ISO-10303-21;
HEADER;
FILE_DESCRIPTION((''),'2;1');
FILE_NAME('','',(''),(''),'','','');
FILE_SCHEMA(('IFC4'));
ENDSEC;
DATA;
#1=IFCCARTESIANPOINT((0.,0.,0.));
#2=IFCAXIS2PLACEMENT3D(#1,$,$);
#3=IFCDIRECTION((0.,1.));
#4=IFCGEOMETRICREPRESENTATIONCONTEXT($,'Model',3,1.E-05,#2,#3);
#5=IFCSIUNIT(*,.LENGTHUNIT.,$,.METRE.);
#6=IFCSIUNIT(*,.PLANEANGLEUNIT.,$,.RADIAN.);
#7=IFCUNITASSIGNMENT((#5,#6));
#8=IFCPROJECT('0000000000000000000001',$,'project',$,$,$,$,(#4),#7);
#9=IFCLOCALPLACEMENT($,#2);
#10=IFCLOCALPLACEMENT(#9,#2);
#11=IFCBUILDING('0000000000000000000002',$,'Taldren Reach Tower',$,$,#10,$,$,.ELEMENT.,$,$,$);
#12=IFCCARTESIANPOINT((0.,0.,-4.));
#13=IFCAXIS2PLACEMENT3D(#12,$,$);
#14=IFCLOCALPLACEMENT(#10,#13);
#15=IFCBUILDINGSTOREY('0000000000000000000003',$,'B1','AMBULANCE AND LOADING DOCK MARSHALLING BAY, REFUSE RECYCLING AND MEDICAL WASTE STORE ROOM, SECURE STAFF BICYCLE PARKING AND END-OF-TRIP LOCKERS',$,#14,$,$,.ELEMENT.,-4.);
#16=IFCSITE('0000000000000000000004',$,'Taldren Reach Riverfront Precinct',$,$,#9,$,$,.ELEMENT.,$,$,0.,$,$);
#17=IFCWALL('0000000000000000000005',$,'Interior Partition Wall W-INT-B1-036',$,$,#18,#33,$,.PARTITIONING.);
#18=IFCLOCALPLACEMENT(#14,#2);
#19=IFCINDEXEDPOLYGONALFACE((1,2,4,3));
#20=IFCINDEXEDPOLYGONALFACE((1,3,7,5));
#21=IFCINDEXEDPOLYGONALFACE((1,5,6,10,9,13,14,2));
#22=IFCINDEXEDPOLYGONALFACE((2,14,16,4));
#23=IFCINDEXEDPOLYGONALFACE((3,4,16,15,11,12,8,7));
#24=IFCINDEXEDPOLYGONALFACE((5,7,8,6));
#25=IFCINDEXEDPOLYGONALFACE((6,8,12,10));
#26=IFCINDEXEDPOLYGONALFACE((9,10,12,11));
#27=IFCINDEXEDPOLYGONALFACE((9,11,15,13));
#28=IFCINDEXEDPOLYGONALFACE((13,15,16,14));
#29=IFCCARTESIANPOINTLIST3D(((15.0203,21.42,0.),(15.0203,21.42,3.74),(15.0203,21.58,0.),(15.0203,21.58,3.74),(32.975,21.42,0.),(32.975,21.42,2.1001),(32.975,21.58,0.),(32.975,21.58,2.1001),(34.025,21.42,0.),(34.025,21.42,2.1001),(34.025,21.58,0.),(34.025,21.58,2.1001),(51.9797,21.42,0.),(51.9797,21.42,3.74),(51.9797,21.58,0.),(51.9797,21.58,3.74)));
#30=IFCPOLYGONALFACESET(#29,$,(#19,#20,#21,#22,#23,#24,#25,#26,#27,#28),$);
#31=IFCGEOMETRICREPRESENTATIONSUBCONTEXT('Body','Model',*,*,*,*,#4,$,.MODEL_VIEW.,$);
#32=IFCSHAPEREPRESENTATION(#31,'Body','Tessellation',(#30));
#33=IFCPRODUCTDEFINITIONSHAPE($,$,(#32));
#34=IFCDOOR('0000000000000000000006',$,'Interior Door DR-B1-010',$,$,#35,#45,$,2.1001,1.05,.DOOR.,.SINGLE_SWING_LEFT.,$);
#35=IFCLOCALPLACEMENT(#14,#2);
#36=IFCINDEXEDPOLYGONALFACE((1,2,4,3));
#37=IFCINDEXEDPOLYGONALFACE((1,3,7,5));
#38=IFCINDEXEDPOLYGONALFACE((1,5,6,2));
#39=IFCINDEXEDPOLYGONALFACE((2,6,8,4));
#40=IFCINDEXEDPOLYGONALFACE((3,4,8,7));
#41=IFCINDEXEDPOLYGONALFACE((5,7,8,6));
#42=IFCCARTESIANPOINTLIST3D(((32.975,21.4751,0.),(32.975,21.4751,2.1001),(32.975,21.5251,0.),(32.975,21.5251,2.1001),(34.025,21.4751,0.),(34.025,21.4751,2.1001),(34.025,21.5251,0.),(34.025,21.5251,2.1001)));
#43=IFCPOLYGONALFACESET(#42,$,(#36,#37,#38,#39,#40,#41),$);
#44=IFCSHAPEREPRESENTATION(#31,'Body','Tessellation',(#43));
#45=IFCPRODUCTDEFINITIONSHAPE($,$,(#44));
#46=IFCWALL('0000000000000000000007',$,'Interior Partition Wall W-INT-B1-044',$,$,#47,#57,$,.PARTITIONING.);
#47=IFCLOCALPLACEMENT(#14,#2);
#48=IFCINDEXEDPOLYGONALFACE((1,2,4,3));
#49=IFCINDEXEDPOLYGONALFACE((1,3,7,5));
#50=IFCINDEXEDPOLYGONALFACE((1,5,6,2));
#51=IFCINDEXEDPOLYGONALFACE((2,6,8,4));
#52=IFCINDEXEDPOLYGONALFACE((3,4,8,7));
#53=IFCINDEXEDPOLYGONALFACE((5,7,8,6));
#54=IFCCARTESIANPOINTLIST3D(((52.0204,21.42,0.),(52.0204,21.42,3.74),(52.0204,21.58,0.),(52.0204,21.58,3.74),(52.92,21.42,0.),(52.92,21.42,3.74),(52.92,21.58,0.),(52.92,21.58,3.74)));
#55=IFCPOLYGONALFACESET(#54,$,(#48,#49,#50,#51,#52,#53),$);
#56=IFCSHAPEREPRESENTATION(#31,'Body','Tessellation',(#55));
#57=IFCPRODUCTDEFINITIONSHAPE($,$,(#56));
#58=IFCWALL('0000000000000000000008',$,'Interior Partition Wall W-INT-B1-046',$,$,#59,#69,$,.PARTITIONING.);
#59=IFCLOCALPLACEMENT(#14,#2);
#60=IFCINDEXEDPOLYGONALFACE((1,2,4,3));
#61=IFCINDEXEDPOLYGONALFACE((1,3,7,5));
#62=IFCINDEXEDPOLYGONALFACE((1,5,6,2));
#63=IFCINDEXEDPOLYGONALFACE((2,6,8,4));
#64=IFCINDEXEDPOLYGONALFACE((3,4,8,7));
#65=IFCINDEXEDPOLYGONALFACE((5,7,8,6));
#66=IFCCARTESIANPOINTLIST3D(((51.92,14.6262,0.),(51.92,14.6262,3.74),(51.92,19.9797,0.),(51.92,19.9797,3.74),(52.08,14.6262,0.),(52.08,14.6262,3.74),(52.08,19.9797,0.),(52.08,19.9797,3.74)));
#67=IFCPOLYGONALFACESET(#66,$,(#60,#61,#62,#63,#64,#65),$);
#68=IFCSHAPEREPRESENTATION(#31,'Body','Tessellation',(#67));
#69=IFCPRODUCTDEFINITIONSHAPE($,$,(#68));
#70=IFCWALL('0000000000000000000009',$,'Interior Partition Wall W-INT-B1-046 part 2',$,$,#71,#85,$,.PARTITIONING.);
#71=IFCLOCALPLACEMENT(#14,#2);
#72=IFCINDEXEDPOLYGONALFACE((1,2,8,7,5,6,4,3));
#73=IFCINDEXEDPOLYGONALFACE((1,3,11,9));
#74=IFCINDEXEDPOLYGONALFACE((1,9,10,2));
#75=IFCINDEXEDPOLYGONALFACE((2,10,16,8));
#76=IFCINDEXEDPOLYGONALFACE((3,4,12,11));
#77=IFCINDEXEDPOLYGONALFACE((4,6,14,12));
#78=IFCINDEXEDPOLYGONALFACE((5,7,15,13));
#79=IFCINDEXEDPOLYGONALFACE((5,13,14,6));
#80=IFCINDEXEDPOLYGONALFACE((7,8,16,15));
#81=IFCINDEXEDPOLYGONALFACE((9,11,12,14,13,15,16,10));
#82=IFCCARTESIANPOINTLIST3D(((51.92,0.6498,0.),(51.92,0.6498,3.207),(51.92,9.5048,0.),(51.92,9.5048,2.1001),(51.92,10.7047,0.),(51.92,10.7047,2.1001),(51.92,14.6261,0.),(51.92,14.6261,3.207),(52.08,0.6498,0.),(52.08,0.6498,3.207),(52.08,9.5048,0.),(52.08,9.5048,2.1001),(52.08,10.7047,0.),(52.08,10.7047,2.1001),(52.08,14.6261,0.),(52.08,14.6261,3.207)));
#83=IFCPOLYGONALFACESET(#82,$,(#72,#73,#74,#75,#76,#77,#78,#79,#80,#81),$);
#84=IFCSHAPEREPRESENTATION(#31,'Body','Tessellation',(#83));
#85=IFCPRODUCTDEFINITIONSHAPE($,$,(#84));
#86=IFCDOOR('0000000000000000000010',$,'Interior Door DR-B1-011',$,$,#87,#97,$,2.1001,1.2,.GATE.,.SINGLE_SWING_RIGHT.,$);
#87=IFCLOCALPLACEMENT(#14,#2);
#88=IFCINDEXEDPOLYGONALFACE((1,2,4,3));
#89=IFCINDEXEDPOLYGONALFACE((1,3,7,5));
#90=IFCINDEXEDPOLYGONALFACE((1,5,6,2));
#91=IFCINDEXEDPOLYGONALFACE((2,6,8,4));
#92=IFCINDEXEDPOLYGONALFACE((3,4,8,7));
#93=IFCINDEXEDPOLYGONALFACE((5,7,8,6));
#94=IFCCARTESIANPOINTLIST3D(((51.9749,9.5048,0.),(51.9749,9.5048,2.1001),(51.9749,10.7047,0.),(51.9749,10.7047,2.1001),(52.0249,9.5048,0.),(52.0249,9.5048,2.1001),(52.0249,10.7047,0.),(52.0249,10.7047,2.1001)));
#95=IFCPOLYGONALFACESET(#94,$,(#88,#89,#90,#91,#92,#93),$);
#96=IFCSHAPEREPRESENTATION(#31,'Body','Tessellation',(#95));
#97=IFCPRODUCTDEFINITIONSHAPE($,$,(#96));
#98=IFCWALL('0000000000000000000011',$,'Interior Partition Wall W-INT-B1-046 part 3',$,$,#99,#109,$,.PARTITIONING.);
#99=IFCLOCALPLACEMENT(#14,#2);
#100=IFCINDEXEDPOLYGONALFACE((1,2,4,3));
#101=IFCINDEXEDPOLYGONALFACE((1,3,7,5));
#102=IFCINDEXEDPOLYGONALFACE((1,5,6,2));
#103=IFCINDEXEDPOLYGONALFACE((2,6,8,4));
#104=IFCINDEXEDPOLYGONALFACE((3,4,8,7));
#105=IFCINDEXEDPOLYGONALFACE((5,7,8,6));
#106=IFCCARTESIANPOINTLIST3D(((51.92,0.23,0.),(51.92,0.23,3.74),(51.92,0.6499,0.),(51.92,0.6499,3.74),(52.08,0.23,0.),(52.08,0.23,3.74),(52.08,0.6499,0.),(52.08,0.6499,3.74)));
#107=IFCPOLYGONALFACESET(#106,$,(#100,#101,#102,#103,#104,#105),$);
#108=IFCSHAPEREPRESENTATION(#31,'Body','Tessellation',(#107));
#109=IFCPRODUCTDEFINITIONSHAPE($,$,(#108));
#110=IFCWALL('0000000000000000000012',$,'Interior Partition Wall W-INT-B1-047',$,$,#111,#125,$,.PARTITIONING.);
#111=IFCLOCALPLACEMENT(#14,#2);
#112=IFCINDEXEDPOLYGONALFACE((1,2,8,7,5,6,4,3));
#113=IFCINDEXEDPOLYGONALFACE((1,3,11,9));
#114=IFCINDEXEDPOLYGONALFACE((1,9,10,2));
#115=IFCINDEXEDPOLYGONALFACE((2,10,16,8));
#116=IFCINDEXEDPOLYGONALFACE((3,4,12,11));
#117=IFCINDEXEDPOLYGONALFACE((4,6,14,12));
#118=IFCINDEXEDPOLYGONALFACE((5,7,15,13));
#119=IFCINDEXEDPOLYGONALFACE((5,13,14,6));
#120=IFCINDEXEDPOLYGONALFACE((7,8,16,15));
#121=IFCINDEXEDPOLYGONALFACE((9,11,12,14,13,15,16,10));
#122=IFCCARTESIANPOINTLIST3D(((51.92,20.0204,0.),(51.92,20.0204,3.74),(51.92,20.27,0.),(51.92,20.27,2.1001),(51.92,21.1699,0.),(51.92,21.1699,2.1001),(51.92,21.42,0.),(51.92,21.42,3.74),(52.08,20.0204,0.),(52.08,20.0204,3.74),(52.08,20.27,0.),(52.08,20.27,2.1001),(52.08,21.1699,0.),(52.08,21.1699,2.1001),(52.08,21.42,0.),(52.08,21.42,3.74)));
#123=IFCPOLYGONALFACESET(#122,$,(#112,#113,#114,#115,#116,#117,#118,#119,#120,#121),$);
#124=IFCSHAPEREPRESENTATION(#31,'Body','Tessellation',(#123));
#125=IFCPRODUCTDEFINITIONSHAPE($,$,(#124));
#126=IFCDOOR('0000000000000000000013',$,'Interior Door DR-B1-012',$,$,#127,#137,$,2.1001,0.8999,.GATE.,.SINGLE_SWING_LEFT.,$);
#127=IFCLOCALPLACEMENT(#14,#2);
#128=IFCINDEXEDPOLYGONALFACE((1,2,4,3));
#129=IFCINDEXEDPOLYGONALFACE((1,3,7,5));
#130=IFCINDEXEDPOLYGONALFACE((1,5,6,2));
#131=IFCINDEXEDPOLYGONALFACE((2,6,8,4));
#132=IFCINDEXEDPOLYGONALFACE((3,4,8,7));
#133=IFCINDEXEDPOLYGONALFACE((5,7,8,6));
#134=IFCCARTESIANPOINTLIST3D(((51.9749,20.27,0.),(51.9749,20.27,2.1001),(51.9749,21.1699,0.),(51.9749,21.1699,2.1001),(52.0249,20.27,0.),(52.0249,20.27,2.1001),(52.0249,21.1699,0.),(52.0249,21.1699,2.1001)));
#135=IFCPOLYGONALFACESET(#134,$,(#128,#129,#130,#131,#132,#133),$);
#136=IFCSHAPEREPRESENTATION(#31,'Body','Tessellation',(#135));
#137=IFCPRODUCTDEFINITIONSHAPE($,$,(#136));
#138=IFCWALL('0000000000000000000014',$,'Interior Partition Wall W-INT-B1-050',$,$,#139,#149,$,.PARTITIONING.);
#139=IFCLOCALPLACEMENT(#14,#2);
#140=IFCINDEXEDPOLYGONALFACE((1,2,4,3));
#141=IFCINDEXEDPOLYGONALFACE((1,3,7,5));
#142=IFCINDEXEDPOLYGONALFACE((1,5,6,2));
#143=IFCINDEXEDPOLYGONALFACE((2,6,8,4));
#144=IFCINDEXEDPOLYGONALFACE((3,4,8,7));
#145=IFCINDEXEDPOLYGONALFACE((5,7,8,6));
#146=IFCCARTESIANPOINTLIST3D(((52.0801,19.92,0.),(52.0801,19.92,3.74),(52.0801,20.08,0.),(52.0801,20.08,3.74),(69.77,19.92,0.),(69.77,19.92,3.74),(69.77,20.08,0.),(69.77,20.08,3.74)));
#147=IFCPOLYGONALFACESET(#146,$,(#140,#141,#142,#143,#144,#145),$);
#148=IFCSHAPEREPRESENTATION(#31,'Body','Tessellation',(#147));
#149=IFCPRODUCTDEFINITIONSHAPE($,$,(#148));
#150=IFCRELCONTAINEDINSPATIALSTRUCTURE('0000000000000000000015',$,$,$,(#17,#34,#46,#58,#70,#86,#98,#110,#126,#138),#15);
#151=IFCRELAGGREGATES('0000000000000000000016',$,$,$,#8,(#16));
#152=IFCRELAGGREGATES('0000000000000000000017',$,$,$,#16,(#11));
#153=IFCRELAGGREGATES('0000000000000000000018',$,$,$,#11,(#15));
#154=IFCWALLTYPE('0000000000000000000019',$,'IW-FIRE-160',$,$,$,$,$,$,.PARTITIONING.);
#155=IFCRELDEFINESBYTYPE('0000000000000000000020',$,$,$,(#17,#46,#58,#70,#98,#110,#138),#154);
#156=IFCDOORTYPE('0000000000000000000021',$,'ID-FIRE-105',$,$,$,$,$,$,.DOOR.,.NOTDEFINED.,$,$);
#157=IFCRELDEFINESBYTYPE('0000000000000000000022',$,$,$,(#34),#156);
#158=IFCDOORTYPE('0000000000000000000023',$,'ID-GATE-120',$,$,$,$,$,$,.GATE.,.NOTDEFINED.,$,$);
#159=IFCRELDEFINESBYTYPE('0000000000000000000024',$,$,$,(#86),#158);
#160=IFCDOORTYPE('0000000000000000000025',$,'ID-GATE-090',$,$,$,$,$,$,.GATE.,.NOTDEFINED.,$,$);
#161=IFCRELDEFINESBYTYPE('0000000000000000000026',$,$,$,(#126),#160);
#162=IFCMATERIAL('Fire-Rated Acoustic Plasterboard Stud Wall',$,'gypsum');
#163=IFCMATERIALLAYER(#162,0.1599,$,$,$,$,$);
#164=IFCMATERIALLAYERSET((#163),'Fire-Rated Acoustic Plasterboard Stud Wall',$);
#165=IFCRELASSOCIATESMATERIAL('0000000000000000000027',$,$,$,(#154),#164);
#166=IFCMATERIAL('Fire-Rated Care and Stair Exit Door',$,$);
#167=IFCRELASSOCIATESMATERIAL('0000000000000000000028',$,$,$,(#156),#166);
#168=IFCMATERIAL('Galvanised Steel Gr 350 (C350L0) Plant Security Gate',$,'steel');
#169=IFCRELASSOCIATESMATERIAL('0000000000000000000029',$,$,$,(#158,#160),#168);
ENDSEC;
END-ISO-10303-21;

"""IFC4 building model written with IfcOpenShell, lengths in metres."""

from ifc_helpers import new_model, si_unit, direction, frame, frame_2d, origin, place, context, subcontext, project, spatial, rectangle, extrude, source, transform, mapped, material, layer, layer_set, type_object, element, fill, save


model = new_model("IFC4")

# Units and contexts
model_context = context("Model", 3, precision=1e-05, world=origin(), true_north=direction((0.0, 1.0)))
body_context = subcontext(model_context, "Body", "Model", "MODEL_VIEW")
ifc_project = project(units=[si_unit("LENGTHUNIT", "METRE"), si_unit("PLANEANGLEUNIT", "RADIAN")], contexts=[model_context])

# Site, building, storey
site_placement = place(None, origin())
site = spatial("IfcSite", under=ifc_project, at=site_placement, Name="Taldren Reach Riverfront Precinct", CompositionType="ELEMENT", RefElevation=0.0)
building_placement = place(site_placement, origin())
building = spatial("IfcBuilding", under=site, at=building_placement, Name="Taldren Reach Tower", CompositionType="ELEMENT")
storey_placement = place(building_placement, frame((0.0, 0.0, -4.0)))
storey = spatial("IfcBuildingStorey", under=building, at=storey_placement, Name="B1", Description="AMBULANCE AND LOADING DOCK MARSHALLING BAY, REFUSE RECYCLING AND MEDICAL WASTE STORE ROOM, SECURE STAFF BICYCLE PARKING AND END-OF-TRIP LOCKERS", CompositionType="ELEMENT", Elevation=-4.0)

# Wall, opening, door
ifc_material_1 = material(Name="Fire-Rated Acoustic Plasterboard Stud Wall", Category="gypsum")
ifc_layer_1 = layer(ifc_material_1, 0.1599)
ifc_layer_set_1 = layer_set([ifc_layer_1], Name="Fire-Rated Acoustic Plasterboard Stud Wall")
wall_type_1 = type_object("IfcWallType", Name="IW-FIRE-160", PredefinedType="PARTITIONING", material=ifc_layer_set_1)
shared_shape_1 = source(origin(), body_context, "Body", "SweptSolid", [
    extrude(rectangle(XDim=36.9595, YDim=0.1599, at=frame_2d((18.4797, 0.0))), origin(), (0.0, 0.0, 1.0), 3.74),
])
wall_1_placement = place(storey_placement, frame((51.9797, 21.5, 0.0), z_axis=(0.0, 0.0, 1.0), x_axis=(-1.0, 0.0, 0.0)))
wall_1 = element("IfcWall", 1, at=wall_1_placement, inside=storey, type_object=wall_type_1, Name="Interior Partition Wall W-INT-B1-036", PredefinedType="PARTITIONING", context=body_context, shape_type="MappedRepresentation", body=[
    mapped(shared_shape_1, transform((0.0, 0.0, 0.0), scale=1.0)),
])
shared_shape_2 = source(origin(), body_context, "Body", "SweptSolid", [
    extrude(rectangle(XDim=1.05, YDim=2.1001, at=frame_2d((0.5249, 1.05))), frame((0.0, 0.0898, 0.0), z_axis=(0.0, -1.0, 0.0), x_axis=(1.0, 0.0, 0.0)), (0.0, 0.0, 1.0), 0.1799),
])
opening_1_placement = place(wall_1_placement, frame((17.9548, 0.0, 0.0)))
opening_1 = element("IfcOpeningElement", 2, at=opening_1_placement, cuts=wall_1, PredefinedType="OPENING", context=body_context, shape_type="MappedRepresentation", body=[
    mapped(shared_shape_2, transform((0.0, 0.0, 0.0), scale=1.0)),
])
ifc_material_2 = material(Name="Fire-Rated Care and Stair Exit Door")
door_type_1 = type_object("IfcDoorType", Name="ID-FIRE-105", OperationType="NOTDEFINED", PredefinedType="DOOR", material=ifc_material_2)
shared_shape_3 = source(origin(), body_context, "Body", "SweptSolid", [
    extrude(rectangle(XDim=1.05, YDim=2.1001, at=frame_2d((0.5249, 1.05))), frame((0.0, 0.0249, 0.0), z_axis=(0.0, -1.0, 0.0), x_axis=(1.0, 0.0, 0.0)), (0.0, 0.0, 1.0), 0.05),
])
door_1_placement = place(opening_1_placement, origin())
door_1 = element("IfcDoor", 3, at=door_1_placement, inside=storey, type_object=door_type_1, Name="Interior Door DR-B1-010", OperationType="SINGLE_SWING_LEFT", OverallHeight=2.1001, OverallWidth=1.05, PredefinedType="DOOR", context=body_context, shape_type="MappedRepresentation", body=[
    mapped(shared_shape_3, transform((0.0, 0.0, 0.0), scale=1.0)),
])
fill(opening_1, door_1)

# Walls
shared_shape_4 = source(origin(), body_context, "Body", "SweptSolid", [
    extrude(rectangle(XDim=0.8997, YDim=0.1599, at=frame_2d((0.4497, 0.0))), origin(), (0.0, 0.0, 1.0), 3.74),
])
wall_2_placement = place(storey_placement, frame((52.9199, 21.5, 0.0), z_axis=(0.0, 0.0, 1.0), x_axis=(-1.0, 0.0, 0.0)))
element("IfcWall", 4, at=wall_2_placement, inside=storey, type_object=wall_type_1, Name="Interior Partition Wall W-INT-B1-044", PredefinedType="PARTITIONING", context=body_context, shape_type="MappedRepresentation", body=[
    mapped(shared_shape_4, transform((0.0, 0.0, 0.0), scale=1.0)),
])
shared_shape_5 = source(origin(), body_context, "Body", "SweptSolid", [
    extrude(rectangle(XDim=5.3535, YDim=0.1599, at=frame_2d((2.6768, 0.0))), origin(), (0.0, 0.0, 1.0), 3.74),
])
wall_3_placement = place(storey_placement, frame((52.0, 19.9797, 0.0), z_axis=(0.0, 0.0, 1.0), x_axis=(0.0, -1.0, 0.0)))
element("IfcWall", 5, at=wall_3_placement, inside=storey, type_object=wall_type_1, Name="Interior Partition Wall W-INT-B1-046", PredefinedType="PARTITIONING", context=body_context, shape_type="MappedRepresentation", body=[
    mapped(shared_shape_5, transform((0.0, 0.0, 0.0), scale=1.0)),
])

# Wall, opening, door
shared_shape_6 = source(origin(), body_context, "Body", "SweptSolid", [
    extrude(rectangle(XDim=13.9763, YDim=0.1599, at=frame_2d((6.9883, 0.0))), origin(), (0.0, 0.0, 1.0), 3.207),
])
wall_4_placement = place(storey_placement, frame((52.0, 14.6262, 0.0), z_axis=(0.0, 0.0, 1.0), x_axis=(0.0, -1.0, 0.0)))
wall_4 = element("IfcWall", 6, at=wall_4_placement, inside=storey, type_object=wall_type_1, Name="Interior Partition Wall W-INT-B1-046 part 2", PredefinedType="PARTITIONING", context=body_context, shape_type="MappedRepresentation", body=[
    mapped(shared_shape_6, transform((0.0, 0.0, 0.0), scale=1.0)),
])
shared_shape_7 = source(origin(), body_context, "Body", "SweptSolid", [
    extrude(rectangle(XDim=1.2, YDim=2.1001, at=frame_2d((0.6001, 1.05))), frame((0.0, 0.0898, 0.0), z_axis=(0.0, -1.0, 0.0), x_axis=(1.0, 0.0, 0.0)), (0.0, 0.0, 1.0), 0.1799),
])
opening_2_placement = place(wall_4_placement, frame((3.9214, 0.0, 0.0)))
opening_2 = element("IfcOpeningElement", 7, at=opening_2_placement, cuts=wall_4, PredefinedType="OPENING", context=body_context, shape_type="MappedRepresentation", body=[
    mapped(shared_shape_7, transform((0.0, 0.0, 0.0), scale=1.0)),
])
ifc_material_3 = material(Name="Galvanised Steel Gr 350 (C350L0) Plant Security Gate", Category="steel")
door_type_2 = type_object("IfcDoorType", Name="ID-GATE-120", OperationType="NOTDEFINED", PredefinedType="GATE", material=ifc_material_3)
shared_shape_8 = source(origin(), body_context, "Body", "SweptSolid", [
    extrude(rectangle(XDim=1.2, YDim=2.1001, at=frame_2d((0.6001, 1.05))), frame((0.0, 0.0249, 0.0), z_axis=(0.0, -1.0, 0.0), x_axis=(1.0, 0.0, 0.0)), (0.0, 0.0, 1.0), 0.05),
])
door_2_placement = place(opening_2_placement, origin())
door_2 = element("IfcDoor", 8, at=door_2_placement, inside=storey, type_object=door_type_2, Name="Interior Door DR-B1-011", OperationType="SINGLE_SWING_RIGHT", OverallHeight=2.1001, OverallWidth=1.2, PredefinedType="GATE", context=body_context, shape_type="MappedRepresentation", body=[
    mapped(shared_shape_8, transform((0.0, 0.0, 0.0), scale=1.0)),
])
fill(opening_2, door_2)

# Wall
shared_shape_9 = source(origin(), body_context, "Body", "SweptSolid", [
    extrude(rectangle(XDim=0.4199, YDim=0.1599, at=frame_2d((0.21, 0.0))), origin(), (0.0, 0.0, 1.0), 3.74),
])
wall_5_placement = place(storey_placement, frame((52.0, 0.6499, 0.0), z_axis=(0.0, 0.0, 1.0), x_axis=(0.0, -1.0, 0.0)))
element("IfcWall", 9, at=wall_5_placement, inside=storey, type_object=wall_type_1, Name="Interior Partition Wall W-INT-B1-046 part 3", PredefinedType="PARTITIONING", context=body_context, shape_type="MappedRepresentation", body=[
    mapped(shared_shape_9, transform((0.0, 0.0, 0.0), scale=1.0)),
])

# Wall, opening, door
shared_shape_10 = source(origin(), body_context, "Body", "SweptSolid", [
    extrude(rectangle(XDim=1.3997, YDim=0.1599, at=frame_2d((0.6997, 0.0))), origin(), (0.0, 0.0, 1.0), 3.74),
])
wall_6_placement = place(storey_placement, frame((52.0, 21.4199, 0.0), z_axis=(0.0, 0.0, 1.0), x_axis=(0.0, -1.0, 0.0)))
wall_6 = element("IfcWall", 10, at=wall_6_placement, inside=storey, type_object=wall_type_1, Name="Interior Partition Wall W-INT-B1-047", PredefinedType="PARTITIONING", context=body_context, shape_type="MappedRepresentation", body=[
    mapped(shared_shape_10, transform((0.0, 0.0, 0.0), scale=1.0)),
])
shared_shape_11 = source(origin(), body_context, "Body", "SweptSolid", [
    extrude(rectangle(XDim=0.8999, YDim=2.1001, at=frame_2d((0.45, 1.05))), frame((0.0, 0.0898, 0.0), z_axis=(0.0, -1.0, 0.0), x_axis=(1.0, 0.0, 0.0)), (0.0, 0.0, 1.0), 0.1799),
])
opening_3_placement = place(wall_6_placement, frame((0.25, 0.0, 0.0)))
opening_3 = element("IfcOpeningElement", 11, at=opening_3_placement, cuts=wall_6, PredefinedType="OPENING", context=body_context, shape_type="MappedRepresentation", body=[
    mapped(shared_shape_11, transform((0.0, 0.0, 0.0), scale=1.0)),
])
door_type_3 = type_object("IfcDoorType", Name="ID-GATE-090", OperationType="NOTDEFINED", PredefinedType="GATE", material=ifc_material_3)
shared_shape_12 = source(origin(), body_context, "Body", "SweptSolid", [
    extrude(rectangle(XDim=0.8999, YDim=2.1001, at=frame_2d((0.45, 1.05))), frame((0.0, 0.0249, 0.0), z_axis=(0.0, -1.0, 0.0), x_axis=(1.0, 0.0, 0.0)), (0.0, 0.0, 1.0), 0.05),
])
door_3_placement = place(opening_3_placement, origin())
door_3 = element("IfcDoor", 12, at=door_3_placement, inside=storey, type_object=door_type_3, Name="Interior Door DR-B1-012", OperationType="SINGLE_SWING_LEFT", OverallHeight=2.1001, OverallWidth=0.8999, PredefinedType="GATE", context=body_context, shape_type="MappedRepresentation", body=[
    mapped(shared_shape_12, transform((0.0, 0.0, 0.0), scale=1.0)),
])
fill(opening_3, door_3)

# Wall
shared_shape_13 = source(origin(), body_context, "Body", "SweptSolid", [
    extrude(rectangle(XDim=17.6899, YDim=0.1599, at=frame_2d((8.845, 0.0))), origin(), (0.0, 0.0, 1.0), 3.74),
])
wall_7_placement = place(storey_placement, frame((52.0801, 20.0, 0.0), z_axis=(0.0, 0.0, 1.0), x_axis=(1.0, 0.0, 0.0)))
element("IfcWall", 13, at=wall_7_placement, inside=storey, type_object=wall_type_1, Name="Interior Partition Wall W-INT-B1-050", PredefinedType="PARTITIONING", context=body_context, shape_type="MappedRepresentation", body=[
    mapped(shared_shape_13, transform((0.0, 0.0, 0.0), scale=1.0)),
])

save(model, "model.ifc")
